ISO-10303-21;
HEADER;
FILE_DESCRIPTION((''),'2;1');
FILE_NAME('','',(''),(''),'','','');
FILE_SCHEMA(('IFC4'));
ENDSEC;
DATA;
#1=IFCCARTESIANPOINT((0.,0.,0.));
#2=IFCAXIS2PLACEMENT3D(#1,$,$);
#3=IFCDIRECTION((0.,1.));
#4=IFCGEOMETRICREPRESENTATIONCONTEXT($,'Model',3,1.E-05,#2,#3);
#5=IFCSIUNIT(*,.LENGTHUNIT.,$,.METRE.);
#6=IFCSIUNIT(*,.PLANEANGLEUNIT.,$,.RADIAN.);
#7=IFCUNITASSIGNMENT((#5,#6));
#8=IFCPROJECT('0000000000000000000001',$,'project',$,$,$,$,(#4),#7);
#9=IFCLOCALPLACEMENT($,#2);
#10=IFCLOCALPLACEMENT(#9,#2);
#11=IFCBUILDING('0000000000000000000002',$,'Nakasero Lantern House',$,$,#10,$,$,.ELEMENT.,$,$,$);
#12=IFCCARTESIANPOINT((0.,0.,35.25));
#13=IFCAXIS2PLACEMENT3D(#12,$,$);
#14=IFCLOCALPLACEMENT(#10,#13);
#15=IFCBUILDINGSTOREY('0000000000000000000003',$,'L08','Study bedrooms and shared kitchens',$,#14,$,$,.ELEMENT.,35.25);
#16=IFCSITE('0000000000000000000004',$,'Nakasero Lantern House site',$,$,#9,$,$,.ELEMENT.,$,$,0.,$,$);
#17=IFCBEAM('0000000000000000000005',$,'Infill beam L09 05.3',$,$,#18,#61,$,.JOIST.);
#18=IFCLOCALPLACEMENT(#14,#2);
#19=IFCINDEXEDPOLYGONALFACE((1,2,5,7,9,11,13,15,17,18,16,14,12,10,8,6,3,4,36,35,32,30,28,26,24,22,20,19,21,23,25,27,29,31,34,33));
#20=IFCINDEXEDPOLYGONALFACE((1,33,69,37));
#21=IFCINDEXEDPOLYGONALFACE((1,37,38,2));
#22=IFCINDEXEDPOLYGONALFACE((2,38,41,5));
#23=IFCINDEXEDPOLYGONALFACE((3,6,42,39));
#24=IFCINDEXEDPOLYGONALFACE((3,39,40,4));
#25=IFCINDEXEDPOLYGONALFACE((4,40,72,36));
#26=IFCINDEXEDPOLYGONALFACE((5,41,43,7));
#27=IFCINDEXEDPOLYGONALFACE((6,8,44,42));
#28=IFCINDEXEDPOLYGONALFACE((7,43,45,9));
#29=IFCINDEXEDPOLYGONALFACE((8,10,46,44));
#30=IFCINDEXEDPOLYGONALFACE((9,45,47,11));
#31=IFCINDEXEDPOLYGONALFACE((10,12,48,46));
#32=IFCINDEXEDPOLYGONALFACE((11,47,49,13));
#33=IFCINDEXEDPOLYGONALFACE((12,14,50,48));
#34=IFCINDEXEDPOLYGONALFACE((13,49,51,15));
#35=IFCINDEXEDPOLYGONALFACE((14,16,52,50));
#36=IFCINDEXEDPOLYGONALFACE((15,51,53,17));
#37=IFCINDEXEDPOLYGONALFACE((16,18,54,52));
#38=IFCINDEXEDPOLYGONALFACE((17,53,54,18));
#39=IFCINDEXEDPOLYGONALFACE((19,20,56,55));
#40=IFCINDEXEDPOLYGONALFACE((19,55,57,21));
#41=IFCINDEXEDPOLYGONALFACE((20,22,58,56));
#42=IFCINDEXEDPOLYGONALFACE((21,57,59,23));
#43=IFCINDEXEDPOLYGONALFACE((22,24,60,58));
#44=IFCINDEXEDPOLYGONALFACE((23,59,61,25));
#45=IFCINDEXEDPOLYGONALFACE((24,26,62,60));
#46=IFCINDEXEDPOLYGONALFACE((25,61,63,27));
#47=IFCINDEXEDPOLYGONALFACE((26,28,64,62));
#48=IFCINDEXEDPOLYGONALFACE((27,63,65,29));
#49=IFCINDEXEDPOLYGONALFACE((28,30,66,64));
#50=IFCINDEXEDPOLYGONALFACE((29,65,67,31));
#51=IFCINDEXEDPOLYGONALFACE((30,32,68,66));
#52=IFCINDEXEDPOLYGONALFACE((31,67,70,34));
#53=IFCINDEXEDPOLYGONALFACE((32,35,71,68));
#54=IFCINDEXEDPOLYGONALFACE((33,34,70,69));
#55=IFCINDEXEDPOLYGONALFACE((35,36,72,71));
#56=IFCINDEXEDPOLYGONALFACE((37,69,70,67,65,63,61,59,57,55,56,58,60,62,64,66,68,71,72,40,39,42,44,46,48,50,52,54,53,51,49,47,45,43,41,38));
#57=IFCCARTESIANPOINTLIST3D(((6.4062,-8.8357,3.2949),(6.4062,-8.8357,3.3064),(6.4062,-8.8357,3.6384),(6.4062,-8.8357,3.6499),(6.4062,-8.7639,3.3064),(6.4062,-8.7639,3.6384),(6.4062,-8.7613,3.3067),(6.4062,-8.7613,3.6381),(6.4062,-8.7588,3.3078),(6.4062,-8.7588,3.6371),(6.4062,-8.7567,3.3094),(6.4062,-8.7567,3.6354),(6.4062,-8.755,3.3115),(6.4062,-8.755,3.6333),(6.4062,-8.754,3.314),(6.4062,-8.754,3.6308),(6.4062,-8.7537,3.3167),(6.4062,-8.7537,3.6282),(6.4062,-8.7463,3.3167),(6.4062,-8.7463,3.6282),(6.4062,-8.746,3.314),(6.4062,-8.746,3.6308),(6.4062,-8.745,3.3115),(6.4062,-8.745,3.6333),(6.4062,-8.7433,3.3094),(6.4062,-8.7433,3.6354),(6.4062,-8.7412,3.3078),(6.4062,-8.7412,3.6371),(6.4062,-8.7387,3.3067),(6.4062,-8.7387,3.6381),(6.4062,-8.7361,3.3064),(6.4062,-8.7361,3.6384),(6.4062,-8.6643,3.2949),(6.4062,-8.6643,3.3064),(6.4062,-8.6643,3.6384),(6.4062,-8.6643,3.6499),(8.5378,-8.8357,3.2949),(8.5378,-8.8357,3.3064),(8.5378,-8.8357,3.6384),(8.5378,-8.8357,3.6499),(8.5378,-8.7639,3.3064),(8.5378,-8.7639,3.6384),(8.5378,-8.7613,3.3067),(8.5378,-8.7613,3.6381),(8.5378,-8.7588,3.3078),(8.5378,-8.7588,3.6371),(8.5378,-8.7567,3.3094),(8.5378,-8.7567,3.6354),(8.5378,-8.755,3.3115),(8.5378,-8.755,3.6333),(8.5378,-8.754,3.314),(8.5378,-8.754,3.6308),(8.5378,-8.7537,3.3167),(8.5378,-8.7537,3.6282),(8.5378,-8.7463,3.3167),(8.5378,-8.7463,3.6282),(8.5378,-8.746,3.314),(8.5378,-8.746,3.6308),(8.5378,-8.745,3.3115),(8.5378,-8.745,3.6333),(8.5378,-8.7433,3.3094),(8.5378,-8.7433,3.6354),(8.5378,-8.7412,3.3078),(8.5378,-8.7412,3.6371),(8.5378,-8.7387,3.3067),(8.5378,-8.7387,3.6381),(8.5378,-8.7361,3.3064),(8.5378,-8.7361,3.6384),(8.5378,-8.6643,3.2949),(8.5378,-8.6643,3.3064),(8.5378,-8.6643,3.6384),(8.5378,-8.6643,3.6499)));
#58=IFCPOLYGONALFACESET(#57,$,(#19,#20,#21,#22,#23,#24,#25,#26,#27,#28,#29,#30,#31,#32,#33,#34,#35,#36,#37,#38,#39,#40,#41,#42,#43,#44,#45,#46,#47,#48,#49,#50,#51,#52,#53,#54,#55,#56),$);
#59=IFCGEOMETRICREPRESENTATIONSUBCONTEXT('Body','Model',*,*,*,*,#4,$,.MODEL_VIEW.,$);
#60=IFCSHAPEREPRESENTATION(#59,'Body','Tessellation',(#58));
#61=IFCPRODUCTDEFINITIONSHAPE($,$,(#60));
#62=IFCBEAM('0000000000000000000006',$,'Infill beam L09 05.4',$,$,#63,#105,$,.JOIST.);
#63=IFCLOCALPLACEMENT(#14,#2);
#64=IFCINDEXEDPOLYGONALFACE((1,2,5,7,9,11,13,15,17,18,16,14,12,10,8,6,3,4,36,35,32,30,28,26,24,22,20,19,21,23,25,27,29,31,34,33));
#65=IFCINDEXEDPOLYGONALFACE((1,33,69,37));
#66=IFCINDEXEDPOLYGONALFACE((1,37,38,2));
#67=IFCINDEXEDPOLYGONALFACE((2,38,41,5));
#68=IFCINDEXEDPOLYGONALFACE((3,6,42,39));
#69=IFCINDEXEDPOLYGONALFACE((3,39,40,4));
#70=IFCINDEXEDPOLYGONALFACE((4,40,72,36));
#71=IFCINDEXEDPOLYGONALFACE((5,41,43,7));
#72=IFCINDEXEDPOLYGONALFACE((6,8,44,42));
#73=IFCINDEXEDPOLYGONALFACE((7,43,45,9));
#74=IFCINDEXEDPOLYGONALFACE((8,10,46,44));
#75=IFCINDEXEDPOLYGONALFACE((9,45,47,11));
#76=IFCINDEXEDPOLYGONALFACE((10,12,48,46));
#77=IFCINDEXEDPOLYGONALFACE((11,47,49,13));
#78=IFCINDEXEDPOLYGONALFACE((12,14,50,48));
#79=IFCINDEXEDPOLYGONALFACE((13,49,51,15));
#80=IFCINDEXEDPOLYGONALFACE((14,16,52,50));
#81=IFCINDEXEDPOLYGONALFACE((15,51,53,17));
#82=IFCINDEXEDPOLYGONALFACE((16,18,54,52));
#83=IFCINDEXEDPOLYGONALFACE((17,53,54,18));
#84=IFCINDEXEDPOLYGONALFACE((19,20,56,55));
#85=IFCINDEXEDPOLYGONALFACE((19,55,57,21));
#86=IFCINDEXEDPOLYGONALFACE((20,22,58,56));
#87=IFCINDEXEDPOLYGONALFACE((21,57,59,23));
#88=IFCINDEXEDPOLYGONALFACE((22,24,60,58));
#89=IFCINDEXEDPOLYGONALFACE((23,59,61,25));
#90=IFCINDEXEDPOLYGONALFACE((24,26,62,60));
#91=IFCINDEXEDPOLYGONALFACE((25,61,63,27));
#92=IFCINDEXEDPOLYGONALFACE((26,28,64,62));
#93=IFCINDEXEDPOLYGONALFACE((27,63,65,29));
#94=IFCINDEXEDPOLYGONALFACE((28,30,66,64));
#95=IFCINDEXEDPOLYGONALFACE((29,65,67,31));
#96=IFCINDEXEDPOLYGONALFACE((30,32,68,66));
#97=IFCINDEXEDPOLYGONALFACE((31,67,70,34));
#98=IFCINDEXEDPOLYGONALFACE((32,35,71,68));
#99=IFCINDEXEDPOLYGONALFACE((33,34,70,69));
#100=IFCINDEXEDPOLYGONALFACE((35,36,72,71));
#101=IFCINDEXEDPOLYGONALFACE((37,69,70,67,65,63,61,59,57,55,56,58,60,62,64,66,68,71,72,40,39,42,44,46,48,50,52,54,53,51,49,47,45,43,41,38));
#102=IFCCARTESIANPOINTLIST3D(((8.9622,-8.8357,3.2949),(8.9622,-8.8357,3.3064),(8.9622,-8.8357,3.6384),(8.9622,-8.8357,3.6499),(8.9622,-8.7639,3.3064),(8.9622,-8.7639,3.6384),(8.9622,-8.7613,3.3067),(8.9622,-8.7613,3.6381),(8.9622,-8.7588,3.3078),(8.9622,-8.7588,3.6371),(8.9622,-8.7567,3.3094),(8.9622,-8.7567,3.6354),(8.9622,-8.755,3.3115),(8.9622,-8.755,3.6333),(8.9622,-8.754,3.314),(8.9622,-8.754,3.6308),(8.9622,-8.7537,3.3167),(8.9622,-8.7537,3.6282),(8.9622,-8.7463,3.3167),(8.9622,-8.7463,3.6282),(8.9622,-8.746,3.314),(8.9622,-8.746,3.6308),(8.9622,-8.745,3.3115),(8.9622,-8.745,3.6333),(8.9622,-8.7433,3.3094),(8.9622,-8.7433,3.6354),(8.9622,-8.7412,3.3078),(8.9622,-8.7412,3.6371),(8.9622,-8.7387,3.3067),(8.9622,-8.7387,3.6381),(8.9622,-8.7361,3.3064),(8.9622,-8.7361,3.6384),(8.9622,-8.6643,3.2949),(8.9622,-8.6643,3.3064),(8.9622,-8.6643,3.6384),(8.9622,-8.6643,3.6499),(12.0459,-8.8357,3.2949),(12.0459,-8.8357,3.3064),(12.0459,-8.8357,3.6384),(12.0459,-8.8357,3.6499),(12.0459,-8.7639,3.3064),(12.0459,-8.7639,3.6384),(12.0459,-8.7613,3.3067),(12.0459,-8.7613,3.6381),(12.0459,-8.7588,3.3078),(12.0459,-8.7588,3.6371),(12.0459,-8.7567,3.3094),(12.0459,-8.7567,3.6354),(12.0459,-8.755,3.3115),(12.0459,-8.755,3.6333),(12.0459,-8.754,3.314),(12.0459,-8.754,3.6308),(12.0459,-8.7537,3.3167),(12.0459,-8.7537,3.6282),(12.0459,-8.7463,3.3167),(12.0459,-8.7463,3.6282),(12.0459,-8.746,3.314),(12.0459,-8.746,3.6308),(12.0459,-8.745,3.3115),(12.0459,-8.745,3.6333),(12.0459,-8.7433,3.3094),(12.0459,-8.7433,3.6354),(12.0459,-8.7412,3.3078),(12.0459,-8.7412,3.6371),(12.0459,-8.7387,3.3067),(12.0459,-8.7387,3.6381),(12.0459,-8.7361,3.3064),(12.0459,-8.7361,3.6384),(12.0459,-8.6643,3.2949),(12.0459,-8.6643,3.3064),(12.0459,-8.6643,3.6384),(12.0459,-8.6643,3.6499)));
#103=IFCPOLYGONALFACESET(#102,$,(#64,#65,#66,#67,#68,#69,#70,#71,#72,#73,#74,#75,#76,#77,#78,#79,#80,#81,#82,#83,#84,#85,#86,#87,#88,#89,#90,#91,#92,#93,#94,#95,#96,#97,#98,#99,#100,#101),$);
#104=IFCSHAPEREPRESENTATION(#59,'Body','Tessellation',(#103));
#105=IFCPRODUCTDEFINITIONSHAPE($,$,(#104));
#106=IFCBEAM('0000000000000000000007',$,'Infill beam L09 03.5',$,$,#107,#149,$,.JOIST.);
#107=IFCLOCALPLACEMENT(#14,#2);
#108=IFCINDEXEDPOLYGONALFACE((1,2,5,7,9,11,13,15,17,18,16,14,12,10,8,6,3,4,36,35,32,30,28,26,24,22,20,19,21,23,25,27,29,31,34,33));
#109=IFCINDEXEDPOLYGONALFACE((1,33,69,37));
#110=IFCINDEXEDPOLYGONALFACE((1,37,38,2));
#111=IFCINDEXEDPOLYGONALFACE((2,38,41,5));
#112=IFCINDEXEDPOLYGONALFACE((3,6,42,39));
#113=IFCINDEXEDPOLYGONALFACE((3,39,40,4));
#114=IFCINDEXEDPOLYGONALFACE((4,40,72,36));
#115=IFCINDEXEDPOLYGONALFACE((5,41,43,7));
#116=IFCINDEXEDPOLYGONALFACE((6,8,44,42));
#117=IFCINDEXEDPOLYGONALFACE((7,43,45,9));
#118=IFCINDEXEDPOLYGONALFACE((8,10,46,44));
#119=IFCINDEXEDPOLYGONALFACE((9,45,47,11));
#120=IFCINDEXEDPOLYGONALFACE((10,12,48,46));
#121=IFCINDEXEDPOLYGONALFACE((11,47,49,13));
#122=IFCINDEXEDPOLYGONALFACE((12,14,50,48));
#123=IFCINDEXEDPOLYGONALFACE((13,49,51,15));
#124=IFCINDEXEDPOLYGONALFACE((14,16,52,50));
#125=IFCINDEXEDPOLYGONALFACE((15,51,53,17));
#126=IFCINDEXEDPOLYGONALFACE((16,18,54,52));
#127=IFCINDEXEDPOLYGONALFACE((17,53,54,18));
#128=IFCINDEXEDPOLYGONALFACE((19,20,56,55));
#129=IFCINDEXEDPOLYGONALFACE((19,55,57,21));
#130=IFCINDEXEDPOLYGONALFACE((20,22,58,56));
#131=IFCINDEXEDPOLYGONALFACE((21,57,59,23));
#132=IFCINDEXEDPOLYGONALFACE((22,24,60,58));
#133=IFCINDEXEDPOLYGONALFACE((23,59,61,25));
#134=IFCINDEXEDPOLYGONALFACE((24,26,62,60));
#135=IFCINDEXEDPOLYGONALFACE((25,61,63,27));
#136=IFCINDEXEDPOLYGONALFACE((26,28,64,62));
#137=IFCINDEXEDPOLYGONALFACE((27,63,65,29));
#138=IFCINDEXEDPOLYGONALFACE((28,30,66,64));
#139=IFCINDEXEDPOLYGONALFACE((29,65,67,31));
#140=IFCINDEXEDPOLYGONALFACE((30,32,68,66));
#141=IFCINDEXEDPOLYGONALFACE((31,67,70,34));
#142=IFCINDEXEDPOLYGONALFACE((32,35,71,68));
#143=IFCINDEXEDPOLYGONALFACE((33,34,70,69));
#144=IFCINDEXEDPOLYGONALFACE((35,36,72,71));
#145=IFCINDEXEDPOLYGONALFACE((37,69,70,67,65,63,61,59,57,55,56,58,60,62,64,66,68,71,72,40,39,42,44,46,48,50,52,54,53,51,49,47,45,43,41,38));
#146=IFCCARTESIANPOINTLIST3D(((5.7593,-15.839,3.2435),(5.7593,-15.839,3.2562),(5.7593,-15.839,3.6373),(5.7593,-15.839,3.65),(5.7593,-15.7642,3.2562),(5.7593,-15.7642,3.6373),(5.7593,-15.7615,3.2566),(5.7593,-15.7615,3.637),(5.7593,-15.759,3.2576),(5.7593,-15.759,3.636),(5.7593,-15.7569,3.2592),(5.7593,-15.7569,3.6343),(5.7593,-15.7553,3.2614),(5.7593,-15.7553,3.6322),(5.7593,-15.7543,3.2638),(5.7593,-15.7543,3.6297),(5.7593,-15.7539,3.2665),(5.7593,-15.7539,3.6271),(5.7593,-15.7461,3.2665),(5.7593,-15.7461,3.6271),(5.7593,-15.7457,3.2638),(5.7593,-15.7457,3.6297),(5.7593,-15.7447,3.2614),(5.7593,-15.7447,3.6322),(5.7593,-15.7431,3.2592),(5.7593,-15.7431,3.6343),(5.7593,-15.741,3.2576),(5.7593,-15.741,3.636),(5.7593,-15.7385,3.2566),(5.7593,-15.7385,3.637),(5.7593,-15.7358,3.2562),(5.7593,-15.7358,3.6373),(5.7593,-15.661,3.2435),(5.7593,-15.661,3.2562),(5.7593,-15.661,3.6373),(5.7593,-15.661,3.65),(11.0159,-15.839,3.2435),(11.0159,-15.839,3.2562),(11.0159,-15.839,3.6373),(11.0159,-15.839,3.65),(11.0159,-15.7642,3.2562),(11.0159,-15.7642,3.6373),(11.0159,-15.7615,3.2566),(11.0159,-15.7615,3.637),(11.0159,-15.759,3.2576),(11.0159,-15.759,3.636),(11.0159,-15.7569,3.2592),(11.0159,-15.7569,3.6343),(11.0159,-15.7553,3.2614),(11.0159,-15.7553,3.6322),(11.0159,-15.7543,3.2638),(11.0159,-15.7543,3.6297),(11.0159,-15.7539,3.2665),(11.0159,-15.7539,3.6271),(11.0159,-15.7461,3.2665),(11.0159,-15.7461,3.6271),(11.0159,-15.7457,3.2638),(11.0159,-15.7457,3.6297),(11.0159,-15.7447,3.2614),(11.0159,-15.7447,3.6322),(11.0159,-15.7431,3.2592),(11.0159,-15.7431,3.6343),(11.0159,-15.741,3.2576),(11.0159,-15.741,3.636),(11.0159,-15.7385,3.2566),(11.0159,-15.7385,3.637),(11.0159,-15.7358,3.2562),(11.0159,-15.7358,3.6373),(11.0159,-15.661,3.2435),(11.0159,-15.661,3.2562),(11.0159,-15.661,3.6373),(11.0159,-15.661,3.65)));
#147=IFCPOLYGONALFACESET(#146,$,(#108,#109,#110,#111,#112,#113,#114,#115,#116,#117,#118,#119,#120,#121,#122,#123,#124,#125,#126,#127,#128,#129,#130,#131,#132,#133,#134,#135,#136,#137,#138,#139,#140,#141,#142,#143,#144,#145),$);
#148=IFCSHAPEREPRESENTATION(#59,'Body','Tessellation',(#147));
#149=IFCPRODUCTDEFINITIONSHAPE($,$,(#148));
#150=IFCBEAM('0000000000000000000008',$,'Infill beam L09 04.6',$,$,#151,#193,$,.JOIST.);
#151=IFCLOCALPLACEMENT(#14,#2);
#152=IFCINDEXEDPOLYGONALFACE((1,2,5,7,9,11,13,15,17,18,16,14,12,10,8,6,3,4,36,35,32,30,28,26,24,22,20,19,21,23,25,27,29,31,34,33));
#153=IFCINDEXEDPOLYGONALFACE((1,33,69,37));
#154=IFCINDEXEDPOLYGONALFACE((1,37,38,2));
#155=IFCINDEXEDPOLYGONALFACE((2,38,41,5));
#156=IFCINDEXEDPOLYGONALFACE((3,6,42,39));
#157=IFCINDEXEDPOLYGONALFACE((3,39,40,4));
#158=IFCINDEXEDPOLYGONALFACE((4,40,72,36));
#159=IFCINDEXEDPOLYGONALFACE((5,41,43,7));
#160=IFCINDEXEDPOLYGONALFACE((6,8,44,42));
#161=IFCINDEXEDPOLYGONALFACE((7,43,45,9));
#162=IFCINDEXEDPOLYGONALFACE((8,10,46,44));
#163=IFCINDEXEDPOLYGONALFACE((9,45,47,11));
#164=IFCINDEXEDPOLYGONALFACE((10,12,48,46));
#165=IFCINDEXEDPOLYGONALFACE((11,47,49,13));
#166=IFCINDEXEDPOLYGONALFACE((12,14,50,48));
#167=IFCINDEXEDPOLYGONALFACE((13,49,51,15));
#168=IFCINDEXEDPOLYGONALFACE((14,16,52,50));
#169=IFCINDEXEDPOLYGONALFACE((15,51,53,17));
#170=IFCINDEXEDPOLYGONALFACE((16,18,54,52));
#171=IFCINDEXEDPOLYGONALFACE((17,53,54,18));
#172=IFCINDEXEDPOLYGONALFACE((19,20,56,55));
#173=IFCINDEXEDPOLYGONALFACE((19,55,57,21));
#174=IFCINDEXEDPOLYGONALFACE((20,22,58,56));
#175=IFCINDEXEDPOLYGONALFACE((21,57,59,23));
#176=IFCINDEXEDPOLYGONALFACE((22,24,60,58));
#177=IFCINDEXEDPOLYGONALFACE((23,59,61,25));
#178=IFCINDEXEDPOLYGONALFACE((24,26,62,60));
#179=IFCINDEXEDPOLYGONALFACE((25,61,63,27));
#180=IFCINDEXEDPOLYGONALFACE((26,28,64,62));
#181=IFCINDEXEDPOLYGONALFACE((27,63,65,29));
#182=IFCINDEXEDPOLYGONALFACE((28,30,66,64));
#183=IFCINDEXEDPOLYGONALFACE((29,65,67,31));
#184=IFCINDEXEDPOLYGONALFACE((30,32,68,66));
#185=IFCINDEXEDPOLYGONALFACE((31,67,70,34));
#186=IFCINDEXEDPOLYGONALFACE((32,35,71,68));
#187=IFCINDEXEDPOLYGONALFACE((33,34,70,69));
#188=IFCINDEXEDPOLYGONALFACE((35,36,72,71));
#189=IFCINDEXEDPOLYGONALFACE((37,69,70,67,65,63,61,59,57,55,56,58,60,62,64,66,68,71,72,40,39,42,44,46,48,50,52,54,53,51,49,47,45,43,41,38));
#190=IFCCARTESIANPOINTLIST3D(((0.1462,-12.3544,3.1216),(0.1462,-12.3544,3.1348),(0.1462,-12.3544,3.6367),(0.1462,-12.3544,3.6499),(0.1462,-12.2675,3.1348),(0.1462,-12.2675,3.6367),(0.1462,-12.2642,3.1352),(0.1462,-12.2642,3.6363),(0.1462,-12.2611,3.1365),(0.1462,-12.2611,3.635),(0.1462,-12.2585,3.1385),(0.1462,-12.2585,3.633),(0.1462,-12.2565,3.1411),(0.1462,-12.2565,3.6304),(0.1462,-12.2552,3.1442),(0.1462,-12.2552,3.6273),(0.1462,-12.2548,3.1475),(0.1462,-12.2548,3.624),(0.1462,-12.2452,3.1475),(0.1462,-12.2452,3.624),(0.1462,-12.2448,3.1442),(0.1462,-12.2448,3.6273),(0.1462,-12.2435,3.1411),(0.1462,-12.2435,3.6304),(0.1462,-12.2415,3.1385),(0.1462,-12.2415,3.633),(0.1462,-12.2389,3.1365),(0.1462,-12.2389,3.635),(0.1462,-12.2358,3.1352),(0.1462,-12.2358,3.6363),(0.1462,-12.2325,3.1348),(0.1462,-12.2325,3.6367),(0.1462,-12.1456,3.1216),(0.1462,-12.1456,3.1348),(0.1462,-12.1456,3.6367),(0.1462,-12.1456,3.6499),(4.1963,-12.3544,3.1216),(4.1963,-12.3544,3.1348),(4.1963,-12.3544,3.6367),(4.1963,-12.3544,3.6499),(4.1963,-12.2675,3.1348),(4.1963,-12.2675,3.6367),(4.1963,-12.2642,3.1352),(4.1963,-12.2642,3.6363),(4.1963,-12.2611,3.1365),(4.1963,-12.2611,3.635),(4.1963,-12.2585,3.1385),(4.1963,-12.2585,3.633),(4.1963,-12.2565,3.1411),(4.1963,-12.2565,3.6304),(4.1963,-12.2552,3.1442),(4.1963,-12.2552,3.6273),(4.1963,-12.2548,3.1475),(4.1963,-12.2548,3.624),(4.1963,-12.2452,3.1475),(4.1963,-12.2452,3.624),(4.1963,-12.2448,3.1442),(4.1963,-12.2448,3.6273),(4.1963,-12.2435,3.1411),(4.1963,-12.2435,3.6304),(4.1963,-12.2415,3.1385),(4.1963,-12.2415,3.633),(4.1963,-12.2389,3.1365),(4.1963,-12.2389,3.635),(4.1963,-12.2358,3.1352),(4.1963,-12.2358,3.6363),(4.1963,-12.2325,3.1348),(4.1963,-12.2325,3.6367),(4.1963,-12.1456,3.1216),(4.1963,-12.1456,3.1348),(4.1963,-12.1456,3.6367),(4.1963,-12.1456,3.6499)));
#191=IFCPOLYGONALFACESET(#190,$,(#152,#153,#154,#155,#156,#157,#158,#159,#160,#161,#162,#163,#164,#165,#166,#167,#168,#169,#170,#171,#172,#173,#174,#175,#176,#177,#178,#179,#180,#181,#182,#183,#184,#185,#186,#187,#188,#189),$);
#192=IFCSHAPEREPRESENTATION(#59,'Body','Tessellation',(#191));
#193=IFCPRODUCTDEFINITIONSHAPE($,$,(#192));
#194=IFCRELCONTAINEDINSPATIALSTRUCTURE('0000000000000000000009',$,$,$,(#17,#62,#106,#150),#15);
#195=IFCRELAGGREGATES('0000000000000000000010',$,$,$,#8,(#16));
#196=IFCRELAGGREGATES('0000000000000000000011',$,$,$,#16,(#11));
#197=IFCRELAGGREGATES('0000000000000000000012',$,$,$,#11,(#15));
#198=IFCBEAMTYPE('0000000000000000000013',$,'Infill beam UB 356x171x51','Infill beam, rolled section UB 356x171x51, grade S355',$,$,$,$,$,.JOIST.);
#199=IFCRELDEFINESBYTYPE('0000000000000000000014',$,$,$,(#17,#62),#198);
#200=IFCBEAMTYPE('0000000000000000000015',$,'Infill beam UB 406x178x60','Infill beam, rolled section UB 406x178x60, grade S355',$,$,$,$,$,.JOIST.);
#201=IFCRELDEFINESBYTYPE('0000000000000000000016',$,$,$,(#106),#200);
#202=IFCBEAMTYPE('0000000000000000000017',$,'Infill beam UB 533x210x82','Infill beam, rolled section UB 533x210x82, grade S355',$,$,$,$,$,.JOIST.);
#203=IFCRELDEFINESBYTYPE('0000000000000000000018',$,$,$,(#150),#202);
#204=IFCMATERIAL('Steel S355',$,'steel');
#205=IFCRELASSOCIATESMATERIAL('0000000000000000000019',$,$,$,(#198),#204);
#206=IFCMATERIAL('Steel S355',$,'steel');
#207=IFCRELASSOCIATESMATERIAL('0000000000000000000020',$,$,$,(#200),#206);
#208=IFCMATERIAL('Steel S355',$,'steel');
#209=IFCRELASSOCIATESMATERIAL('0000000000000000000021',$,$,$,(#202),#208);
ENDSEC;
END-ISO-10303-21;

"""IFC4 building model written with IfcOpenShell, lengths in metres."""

from ifc_helpers import new_model, si_unit, direction, frame, origin, origin_2d, place, context, subcontext, project, spatial, i_section, extrude, material, material_profile, profile_set, type_object, element, save


model = new_model("IFC4")

# Units and contexts
model_context = context("Model", 3, precision=1e-05, world=origin(), true_north=direction((0.0, 1.0)))
body_context = subcontext(model_context, "Body", "Model", "MODEL_VIEW")
ifc_project = project(units=[si_unit("LENGTHUNIT", "METRE"), si_unit("PLANEANGLEUNIT", "RADIAN")], contexts=[model_context])

# Site, building, storey
site_placement = place(None, origin())
site = spatial("IfcSite", under=ifc_project, at=site_placement, Name="Nakasero Lantern House site", CompositionType="ELEMENT", RefElevation=0.0)
building_placement = place(site_placement, origin())
building = spatial("IfcBuilding", under=site, at=building_placement, Name="Nakasero Lantern House", CompositionType="ELEMENT")
storey_placement = place(building_placement, frame((0.0, 0.0, 35.25)))
storey = spatial("IfcBuildingStorey", under=building, at=storey_placement, Name="L08", Description="Study bedrooms and shared kitchens", CompositionType="ELEMENT", Elevation=35.25)

# Beams
ifc_material_1 = material(Name="Steel S355", Category="steel")
ifc_material_profile_1 = material_profile(ifc_material_1, i_section(OverallWidth=0.1714, OverallDepth=0.355, WebThickness=0.0073, FlangeThickness=0.0115, FilletRadius=0.0103, at=origin_2d()), Name="UB 356x171x51")
ifc_profile_set_1 = profile_set([ifc_material_profile_1], Name="Steel S355")
beam_type_1 = type_object("IfcBeamType", Name="Infill beam UB 356x171x51", Description="Infill beam, rolled section UB 356x171x51, grade S355", PredefinedType="JOIST", material=ifc_profile_set_1)
beam_1_placement = place(storey_placement, frame((6.4062, -8.75, 3.4724), z_axis=(1.0, 0.0, 0.0), x_axis=(0.0, 1.0, 0.0)))
element("IfcBeam", 1, at=beam_1_placement, inside=storey, type_object=beam_type_1, Name="Infill beam L09 05.3", PredefinedType="JOIST", context=body_context, shape_type="SweptSolid", body=[
    extrude(i_section(OverallWidth=0.1714, OverallDepth=0.355, WebThickness=0.0073, FlangeThickness=0.0115, FilletRadius=0.0103, at=origin_2d()), origin(), (0.0, 0.0, 1.0), 2.1316),
])
beam_2_placement = place(storey_placement, frame((8.9622, -8.75, 3.4724), z_axis=(1.0, 0.0, 0.0), x_axis=(0.0, 1.0, 0.0)))
element("IfcBeam", 2, at=beam_2_placement, inside=storey, type_object=beam_type_1, Name="Infill beam L09 05.4", PredefinedType="JOIST", context=body_context, shape_type="SweptSolid", body=[
    extrude(i_section(OverallWidth=0.1714, OverallDepth=0.355, WebThickness=0.0073, FlangeThickness=0.0115, FilletRadius=0.0103, at=origin_2d()), origin(), (0.0, 0.0, 1.0), 3.0837),
])
ifc_material_2 = material(Name="Steel S355", Category="steel")
ifc_material_profile_2 = material_profile(ifc_material_2, i_section(OverallWidth=0.178, OverallDepth=0.4065, WebThickness=0.0078, FlangeThickness=0.0127, FilletRadius=0.0103, at=origin_2d()), Name="UB 406x178x60")
ifc_profile_set_2 = profile_set([ifc_material_profile_2], Name="Steel S355")
beam_type_2 = type_object("IfcBeamType", Name="Infill beam UB 406x178x60", Description="Infill beam, rolled section UB 406x178x60, grade S355", PredefinedType="JOIST", material=ifc_profile_set_2)
beam_3_placement = place(storey_placement, frame((5.7593, -15.75, 3.4468), z_axis=(1.0, 0.0, 0.0), x_axis=(0.0, 1.0, 0.0)))
element("IfcBeam", 3, at=beam_3_placement, inside=storey, type_object=beam_type_2, Name="Infill beam L09 03.5", PredefinedType="JOIST", context=body_context, shape_type="SweptSolid", body=[
    extrude(i_section(OverallWidth=0.178, OverallDepth=0.4065, WebThickness=0.0078, FlangeThickness=0.0127, FilletRadius=0.0103, at=origin_2d()), origin(), (0.0, 0.0, 1.0), 5.2566),
])
ifc_material_3 = material(Name="Steel S355", Category="steel")
ifc_material_profile_3 = material_profile(ifc_material_3, i_section(OverallWidth=0.2087, OverallDepth=0.5283, WebThickness=0.0095, FlangeThickness=0.0132, FilletRadius=0.0127, at=origin_2d()), Name="UB 533x210x82")
ifc_profile_set_3 = profile_set([ifc_material_profile_3], Name="Steel S355")
beam_type_3 = type_object("IfcBeamType", Name="Infill beam UB 533x210x82", Description="Infill beam, rolled section UB 533x210x82, grade S355", PredefinedType="JOIST", material=ifc_profile_set_3)
beam_4_placement = place(storey_placement, frame((0.1462, -12.25, 3.3857), z_axis=(1.0, 0.0, 0.0), x_axis=(0.0, 1.0, 0.0)))
element("IfcBeam", 4, at=beam_4_placement, inside=storey, type_object=beam_type_3, Name="Infill beam L09 04.6", PredefinedType="JOIST", context=body_context, shape_type="SweptSolid", body=[
    extrude(i_section(OverallWidth=0.2087, OverallDepth=0.5283, WebThickness=0.0095, FlangeThickness=0.0132, FilletRadius=0.0127, at=origin_2d()), origin(), (0.0, 0.0, 1.0), 4.05),
])

save(model, "model.ifc")
